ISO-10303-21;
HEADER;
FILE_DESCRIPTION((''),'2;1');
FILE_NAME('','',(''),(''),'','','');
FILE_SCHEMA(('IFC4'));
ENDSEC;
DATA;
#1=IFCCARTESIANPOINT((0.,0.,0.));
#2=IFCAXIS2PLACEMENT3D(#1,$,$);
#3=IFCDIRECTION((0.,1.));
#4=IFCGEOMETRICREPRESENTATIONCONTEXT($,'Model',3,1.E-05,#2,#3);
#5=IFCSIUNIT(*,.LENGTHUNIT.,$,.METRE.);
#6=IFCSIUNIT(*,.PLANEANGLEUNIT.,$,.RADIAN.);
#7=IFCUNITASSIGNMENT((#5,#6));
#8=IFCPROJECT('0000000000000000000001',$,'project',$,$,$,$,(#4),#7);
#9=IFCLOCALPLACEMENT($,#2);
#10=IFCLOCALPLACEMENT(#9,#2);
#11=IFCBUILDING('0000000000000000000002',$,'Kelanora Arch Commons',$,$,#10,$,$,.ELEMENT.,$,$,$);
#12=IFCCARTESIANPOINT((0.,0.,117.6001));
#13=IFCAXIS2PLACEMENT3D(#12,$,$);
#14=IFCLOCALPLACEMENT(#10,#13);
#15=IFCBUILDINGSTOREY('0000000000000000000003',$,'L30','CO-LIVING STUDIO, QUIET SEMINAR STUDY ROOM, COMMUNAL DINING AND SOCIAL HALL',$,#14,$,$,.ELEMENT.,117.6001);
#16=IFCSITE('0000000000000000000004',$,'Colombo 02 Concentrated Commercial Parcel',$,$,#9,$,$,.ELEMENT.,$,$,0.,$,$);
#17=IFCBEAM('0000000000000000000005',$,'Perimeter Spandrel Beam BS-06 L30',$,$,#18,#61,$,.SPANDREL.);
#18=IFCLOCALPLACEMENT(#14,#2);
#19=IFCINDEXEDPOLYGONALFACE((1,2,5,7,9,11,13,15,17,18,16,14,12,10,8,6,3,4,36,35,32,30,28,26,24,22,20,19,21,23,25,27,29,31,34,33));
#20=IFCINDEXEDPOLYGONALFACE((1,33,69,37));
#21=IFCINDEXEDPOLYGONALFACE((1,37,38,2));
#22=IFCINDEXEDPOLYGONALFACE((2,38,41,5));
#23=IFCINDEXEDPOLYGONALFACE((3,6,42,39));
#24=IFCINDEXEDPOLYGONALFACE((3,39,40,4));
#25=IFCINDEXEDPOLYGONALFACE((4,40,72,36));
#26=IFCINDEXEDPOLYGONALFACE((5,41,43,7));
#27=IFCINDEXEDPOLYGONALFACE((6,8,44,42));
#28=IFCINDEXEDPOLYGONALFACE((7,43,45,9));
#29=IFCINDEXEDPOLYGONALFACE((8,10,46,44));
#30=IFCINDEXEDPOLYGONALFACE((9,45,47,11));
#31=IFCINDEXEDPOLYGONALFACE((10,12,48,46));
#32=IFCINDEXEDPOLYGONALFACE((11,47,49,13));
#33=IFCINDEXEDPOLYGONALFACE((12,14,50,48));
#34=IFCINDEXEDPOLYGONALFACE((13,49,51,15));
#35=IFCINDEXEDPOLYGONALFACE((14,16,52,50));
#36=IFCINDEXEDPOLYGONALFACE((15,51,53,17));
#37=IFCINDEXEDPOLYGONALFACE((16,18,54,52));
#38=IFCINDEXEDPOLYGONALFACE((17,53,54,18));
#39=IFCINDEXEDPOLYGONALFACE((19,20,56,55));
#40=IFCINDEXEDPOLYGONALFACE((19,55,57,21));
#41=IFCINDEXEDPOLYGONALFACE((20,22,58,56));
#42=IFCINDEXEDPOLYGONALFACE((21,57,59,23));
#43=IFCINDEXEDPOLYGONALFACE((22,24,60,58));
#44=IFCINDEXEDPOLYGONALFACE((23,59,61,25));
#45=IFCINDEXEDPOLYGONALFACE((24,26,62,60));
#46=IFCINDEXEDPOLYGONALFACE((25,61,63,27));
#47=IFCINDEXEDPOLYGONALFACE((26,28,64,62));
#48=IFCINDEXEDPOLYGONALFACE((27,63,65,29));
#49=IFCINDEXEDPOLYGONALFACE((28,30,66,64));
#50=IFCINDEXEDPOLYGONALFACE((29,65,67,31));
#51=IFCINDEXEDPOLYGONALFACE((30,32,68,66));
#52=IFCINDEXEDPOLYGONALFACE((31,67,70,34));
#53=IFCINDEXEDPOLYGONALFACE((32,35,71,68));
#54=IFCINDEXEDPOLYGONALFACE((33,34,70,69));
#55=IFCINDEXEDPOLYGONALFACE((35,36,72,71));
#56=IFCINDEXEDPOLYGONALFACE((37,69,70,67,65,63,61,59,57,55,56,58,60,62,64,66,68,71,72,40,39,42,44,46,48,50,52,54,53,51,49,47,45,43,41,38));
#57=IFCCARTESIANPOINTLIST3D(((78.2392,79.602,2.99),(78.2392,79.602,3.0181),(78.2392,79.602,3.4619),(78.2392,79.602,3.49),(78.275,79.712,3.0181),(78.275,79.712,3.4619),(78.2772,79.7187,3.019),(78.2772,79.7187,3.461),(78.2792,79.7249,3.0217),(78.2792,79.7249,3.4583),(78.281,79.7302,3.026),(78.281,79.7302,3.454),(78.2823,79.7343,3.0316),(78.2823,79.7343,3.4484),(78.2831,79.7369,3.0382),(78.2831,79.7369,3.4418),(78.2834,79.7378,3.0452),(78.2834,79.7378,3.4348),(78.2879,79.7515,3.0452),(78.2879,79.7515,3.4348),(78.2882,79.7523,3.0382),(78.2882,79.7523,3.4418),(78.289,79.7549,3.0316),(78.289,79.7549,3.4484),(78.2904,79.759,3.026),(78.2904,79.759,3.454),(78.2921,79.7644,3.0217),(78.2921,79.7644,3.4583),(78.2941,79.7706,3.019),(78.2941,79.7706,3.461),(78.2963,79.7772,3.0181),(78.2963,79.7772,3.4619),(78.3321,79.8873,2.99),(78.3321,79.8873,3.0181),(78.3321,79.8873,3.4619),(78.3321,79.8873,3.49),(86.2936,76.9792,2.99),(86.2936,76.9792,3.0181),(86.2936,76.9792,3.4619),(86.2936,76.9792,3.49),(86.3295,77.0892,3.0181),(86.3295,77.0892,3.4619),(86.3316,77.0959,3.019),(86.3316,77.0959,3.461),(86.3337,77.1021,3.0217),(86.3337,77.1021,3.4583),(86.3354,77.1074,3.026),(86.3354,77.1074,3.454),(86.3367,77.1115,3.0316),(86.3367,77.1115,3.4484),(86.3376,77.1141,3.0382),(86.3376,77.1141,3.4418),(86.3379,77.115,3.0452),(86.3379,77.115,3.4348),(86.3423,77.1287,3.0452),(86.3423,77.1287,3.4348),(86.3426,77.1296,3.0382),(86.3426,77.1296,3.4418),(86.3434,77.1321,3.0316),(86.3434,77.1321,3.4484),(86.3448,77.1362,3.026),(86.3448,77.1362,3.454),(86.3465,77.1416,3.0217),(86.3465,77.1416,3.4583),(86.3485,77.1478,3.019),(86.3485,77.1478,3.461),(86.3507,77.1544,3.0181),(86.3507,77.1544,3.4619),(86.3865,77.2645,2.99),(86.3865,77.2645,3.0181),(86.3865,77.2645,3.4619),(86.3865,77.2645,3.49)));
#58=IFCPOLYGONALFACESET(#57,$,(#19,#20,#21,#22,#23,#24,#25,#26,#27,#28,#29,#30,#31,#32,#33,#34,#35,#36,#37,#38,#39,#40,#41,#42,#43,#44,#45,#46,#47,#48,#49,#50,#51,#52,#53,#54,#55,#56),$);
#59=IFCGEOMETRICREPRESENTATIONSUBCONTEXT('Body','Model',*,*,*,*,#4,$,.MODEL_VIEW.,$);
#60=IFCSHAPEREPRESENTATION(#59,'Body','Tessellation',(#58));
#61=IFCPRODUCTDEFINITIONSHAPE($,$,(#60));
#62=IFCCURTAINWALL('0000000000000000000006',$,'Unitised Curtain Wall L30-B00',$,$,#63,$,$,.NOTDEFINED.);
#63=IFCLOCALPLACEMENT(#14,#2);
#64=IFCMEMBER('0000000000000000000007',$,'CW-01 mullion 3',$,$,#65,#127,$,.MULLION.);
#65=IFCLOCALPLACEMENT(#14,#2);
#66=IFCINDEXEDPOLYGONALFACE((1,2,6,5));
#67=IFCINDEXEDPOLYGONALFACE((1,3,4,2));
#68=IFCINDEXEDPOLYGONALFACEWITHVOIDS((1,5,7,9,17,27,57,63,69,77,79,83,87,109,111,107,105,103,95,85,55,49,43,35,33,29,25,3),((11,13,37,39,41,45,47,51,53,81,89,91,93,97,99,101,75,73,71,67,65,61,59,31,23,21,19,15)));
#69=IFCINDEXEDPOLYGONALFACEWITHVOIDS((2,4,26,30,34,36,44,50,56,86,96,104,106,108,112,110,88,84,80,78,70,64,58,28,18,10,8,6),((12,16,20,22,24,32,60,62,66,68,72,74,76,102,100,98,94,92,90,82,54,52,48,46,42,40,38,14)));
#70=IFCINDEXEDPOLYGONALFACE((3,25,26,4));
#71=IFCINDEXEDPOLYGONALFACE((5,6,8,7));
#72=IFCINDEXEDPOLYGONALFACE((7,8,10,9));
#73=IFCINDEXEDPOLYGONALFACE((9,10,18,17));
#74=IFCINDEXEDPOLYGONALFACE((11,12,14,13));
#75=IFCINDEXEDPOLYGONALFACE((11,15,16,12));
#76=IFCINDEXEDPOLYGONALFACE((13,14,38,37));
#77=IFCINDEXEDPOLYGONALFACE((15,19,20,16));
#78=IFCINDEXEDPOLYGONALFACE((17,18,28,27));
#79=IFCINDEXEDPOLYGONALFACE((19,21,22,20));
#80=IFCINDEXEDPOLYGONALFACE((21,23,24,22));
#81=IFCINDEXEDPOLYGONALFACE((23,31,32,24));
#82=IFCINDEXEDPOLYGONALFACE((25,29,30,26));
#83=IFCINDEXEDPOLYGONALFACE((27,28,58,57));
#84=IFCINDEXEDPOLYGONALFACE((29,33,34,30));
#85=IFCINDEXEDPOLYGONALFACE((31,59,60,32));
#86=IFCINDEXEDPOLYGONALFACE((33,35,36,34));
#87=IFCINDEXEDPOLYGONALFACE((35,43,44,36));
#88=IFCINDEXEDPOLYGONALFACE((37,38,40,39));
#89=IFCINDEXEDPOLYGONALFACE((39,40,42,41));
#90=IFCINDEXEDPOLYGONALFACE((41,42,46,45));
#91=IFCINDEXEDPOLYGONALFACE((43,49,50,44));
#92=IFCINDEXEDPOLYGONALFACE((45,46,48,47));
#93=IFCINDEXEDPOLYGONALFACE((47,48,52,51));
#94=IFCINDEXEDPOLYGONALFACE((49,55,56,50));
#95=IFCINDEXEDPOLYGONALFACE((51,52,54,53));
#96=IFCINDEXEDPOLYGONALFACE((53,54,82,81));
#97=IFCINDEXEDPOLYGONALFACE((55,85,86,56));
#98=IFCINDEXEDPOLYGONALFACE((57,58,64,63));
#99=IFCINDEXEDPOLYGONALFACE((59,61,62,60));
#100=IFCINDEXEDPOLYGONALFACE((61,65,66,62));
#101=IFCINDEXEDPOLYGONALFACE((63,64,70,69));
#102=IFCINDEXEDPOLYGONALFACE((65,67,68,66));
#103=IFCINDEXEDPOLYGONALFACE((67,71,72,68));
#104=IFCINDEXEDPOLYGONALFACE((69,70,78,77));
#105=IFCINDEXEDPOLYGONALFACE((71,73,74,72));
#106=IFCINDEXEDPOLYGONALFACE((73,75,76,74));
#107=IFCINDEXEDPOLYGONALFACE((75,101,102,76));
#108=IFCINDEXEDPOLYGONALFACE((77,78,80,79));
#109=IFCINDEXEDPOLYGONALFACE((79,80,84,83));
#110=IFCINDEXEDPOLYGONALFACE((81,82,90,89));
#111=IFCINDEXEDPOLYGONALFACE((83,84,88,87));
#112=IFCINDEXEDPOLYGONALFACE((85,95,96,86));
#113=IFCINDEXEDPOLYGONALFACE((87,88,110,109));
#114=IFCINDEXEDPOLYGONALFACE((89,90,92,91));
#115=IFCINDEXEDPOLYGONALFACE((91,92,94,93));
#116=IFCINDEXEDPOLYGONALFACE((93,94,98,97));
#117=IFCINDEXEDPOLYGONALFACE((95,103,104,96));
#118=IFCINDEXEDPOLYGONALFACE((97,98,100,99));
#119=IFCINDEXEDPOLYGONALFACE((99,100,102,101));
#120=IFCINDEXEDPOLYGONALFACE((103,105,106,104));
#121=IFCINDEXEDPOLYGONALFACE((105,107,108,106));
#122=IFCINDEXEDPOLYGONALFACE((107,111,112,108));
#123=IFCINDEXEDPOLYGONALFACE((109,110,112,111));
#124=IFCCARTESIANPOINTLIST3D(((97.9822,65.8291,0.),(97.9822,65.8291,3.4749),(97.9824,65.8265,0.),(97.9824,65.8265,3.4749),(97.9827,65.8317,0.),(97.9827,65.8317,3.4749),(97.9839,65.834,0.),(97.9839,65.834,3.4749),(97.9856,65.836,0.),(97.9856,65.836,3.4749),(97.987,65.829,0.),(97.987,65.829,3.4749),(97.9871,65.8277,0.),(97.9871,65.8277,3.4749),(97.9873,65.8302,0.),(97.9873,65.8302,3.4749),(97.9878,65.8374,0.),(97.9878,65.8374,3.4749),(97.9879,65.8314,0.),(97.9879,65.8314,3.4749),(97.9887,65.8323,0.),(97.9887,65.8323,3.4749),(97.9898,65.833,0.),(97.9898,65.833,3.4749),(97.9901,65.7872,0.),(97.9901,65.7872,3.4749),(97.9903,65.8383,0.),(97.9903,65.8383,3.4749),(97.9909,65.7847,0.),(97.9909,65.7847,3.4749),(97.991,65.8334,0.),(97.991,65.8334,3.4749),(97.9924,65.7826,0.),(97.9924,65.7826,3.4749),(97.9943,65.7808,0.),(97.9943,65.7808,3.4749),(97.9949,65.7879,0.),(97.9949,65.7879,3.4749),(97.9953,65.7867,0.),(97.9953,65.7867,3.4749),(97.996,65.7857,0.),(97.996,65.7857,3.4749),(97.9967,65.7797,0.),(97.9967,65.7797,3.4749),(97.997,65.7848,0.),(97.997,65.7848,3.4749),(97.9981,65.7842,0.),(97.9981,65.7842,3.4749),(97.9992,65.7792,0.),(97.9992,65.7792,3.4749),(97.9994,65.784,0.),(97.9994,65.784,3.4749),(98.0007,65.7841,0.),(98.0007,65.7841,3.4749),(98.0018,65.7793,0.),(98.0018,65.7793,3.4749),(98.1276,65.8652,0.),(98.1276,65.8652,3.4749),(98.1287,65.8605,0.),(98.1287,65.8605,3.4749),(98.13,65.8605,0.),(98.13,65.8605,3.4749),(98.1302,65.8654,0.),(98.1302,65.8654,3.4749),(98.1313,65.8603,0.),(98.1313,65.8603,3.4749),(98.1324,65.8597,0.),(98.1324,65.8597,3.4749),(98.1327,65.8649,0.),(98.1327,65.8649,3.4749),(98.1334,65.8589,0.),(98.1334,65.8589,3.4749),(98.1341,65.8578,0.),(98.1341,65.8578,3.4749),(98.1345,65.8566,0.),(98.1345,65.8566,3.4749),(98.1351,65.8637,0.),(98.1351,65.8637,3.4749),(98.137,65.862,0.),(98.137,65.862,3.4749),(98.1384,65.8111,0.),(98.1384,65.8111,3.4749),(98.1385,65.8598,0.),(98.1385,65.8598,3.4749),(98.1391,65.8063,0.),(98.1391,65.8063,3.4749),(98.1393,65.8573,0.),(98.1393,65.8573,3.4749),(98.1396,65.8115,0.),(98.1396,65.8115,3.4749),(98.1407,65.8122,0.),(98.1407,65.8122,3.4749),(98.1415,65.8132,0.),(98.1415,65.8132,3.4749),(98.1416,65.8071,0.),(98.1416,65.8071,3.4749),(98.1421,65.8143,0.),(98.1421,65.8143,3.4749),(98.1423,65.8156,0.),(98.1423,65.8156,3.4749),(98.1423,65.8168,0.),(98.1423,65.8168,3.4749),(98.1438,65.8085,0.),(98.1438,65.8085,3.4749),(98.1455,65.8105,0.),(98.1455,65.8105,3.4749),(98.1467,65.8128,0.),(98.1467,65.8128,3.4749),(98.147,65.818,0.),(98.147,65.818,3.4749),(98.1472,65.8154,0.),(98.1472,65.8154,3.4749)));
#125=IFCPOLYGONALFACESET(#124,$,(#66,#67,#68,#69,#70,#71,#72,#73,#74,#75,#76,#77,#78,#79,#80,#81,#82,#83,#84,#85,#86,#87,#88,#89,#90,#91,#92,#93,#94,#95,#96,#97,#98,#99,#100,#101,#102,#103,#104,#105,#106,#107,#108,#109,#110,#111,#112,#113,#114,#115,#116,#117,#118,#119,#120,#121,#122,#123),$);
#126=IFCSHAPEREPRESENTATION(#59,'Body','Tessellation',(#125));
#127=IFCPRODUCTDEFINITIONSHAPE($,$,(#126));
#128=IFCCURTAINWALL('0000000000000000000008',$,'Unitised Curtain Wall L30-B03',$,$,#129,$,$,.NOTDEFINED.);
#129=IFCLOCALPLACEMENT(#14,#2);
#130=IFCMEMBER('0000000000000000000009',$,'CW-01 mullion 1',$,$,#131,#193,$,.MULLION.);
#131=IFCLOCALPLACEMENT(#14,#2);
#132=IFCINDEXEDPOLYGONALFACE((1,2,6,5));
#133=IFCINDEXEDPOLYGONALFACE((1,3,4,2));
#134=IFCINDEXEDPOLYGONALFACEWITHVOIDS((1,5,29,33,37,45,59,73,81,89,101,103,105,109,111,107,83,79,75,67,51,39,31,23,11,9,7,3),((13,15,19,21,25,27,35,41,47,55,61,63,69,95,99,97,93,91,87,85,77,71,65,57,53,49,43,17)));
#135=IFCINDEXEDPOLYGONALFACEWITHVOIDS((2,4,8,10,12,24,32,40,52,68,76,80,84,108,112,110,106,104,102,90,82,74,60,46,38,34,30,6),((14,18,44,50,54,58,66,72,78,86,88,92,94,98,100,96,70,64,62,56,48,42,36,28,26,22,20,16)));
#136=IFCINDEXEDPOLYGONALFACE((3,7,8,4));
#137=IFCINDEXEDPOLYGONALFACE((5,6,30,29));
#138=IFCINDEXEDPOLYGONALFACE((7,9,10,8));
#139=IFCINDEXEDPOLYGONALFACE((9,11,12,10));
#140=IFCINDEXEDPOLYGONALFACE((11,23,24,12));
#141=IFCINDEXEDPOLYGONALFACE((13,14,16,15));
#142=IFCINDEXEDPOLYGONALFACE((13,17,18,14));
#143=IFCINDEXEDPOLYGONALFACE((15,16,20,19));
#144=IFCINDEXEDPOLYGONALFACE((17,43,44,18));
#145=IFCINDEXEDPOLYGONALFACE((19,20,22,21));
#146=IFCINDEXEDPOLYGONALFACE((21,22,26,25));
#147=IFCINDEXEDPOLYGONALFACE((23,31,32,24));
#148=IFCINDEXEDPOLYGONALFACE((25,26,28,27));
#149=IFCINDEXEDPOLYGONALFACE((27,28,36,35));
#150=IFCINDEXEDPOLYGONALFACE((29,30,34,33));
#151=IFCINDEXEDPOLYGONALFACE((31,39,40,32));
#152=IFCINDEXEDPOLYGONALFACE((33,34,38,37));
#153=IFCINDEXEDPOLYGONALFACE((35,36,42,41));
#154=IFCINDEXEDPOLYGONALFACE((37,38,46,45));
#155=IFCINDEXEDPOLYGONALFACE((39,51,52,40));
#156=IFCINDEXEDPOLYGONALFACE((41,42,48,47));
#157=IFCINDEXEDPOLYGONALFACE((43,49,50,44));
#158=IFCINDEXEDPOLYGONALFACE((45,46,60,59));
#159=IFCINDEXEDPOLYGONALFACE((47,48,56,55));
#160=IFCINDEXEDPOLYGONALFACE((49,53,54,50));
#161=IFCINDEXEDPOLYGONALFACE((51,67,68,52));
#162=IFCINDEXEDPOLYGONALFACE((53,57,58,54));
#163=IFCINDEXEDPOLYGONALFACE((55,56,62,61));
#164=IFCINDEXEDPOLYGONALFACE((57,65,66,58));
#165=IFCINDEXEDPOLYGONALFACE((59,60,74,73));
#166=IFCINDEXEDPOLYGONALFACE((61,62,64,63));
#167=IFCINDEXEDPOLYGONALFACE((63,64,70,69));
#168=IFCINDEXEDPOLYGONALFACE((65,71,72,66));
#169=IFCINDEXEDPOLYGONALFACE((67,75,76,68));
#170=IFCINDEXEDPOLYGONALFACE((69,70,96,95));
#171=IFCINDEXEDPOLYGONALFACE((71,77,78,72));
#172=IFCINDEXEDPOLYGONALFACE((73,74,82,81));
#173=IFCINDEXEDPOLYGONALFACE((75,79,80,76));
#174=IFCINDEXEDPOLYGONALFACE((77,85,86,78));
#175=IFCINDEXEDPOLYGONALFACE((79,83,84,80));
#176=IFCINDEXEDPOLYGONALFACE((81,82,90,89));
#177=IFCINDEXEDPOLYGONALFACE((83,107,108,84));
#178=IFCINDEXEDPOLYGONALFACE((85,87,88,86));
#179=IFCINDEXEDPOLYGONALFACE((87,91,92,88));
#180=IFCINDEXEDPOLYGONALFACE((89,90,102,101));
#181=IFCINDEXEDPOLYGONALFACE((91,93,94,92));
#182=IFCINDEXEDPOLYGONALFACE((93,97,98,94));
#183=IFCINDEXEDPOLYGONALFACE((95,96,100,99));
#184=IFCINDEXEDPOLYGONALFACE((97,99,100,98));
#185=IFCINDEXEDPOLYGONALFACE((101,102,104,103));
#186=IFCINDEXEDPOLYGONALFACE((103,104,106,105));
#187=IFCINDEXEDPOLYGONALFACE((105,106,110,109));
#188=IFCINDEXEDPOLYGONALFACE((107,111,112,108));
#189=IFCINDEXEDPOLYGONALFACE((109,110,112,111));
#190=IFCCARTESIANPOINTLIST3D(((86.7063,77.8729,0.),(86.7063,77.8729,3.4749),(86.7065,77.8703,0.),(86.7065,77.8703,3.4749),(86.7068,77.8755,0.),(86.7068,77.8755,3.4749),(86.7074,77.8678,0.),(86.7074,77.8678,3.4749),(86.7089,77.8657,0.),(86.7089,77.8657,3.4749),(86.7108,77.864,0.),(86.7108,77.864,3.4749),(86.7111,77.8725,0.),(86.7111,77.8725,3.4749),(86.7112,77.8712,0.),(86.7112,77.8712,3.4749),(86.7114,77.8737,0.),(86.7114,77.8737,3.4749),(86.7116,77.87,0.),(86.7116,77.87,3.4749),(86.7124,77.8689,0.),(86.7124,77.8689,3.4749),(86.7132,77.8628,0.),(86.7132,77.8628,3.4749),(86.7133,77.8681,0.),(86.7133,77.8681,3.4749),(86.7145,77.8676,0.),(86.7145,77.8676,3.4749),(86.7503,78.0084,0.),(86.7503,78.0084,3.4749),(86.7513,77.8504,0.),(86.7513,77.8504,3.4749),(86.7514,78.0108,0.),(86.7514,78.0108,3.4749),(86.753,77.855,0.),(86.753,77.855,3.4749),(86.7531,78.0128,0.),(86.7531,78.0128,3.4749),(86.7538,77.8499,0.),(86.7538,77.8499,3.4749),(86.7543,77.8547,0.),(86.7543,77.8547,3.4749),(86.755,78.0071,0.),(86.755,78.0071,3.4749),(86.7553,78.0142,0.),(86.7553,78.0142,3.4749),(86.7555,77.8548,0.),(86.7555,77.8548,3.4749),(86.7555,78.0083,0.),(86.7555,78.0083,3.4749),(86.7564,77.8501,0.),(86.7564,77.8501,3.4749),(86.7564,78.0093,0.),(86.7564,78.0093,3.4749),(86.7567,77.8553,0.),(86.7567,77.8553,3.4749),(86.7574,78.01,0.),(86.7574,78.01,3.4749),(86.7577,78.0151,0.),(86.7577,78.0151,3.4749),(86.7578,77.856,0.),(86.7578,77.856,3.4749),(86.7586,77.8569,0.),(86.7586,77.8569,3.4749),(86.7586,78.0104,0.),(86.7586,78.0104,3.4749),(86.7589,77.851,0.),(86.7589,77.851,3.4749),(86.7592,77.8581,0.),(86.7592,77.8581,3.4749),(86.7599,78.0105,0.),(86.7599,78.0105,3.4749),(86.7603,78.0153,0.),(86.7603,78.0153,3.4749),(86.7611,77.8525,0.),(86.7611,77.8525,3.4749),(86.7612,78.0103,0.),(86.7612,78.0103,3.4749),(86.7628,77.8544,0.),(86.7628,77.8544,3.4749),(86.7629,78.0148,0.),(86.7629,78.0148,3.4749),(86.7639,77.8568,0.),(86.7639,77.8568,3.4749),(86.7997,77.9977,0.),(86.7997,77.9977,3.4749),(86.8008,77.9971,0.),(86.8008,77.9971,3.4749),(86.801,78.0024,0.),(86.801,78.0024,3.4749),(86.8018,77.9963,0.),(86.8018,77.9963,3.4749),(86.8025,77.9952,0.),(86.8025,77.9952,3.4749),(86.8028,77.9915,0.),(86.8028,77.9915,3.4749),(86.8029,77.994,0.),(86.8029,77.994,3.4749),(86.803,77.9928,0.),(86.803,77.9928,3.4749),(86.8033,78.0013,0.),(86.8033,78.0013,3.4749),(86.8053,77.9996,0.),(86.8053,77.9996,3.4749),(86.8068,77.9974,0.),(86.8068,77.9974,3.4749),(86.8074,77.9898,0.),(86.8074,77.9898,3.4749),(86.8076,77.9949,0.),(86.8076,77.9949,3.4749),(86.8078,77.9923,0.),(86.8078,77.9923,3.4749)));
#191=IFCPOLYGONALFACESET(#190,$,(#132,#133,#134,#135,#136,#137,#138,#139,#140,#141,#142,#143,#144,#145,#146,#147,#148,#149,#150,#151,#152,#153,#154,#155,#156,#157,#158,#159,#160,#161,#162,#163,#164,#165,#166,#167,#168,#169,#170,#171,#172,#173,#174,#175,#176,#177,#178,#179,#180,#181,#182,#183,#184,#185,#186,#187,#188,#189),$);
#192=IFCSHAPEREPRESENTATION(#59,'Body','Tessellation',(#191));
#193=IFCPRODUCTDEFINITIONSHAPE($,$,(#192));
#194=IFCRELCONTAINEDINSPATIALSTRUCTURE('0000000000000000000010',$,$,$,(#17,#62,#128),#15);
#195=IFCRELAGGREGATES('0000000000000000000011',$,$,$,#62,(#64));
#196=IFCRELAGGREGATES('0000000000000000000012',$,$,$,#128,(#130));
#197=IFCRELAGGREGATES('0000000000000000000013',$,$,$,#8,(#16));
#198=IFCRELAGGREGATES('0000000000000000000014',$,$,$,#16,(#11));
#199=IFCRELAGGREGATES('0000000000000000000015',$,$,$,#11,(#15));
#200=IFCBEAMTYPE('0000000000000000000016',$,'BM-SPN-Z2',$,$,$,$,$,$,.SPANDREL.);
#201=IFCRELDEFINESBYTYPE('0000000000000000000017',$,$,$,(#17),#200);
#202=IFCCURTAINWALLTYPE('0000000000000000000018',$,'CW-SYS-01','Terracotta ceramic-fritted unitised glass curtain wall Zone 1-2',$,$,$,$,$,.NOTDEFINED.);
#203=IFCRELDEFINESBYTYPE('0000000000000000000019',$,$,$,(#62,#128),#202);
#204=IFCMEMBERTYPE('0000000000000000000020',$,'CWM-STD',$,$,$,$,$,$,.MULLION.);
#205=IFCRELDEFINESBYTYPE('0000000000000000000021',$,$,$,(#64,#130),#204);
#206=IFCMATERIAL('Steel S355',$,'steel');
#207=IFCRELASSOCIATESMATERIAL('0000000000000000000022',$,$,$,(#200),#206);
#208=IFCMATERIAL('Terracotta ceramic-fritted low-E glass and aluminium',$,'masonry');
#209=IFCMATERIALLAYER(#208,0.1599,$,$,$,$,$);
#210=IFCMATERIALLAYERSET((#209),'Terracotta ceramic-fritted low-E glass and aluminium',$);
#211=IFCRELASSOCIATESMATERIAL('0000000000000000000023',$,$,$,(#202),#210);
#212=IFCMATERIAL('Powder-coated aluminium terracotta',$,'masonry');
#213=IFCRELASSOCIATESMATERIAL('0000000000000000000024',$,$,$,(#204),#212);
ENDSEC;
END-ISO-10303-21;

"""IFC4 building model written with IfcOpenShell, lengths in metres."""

from ifc_helpers import new_model, si_unit, direction, frame, origin, origin_2d, place, context, subcontext, project, spatial, hollow_rectangle, i_section, extrude, material, layer, layer_set, material_profile, profile_set, type_object, element, aggregate, save


model = new_model("IFC4")

# Units and contexts
model_context = context("Model", 3, precision=1e-05, world=origin(), true_north=direction((0.0, 1.0)))
body_context = subcontext(model_context, "Body", "Model", "MODEL_VIEW")
ifc_project = project(units=[si_unit("LENGTHUNIT", "METRE"), si_unit("PLANEANGLEUNIT", "RADIAN")], contexts=[model_context])

# Site, building, storey
site_placement = place(None, origin())
site = spatial("IfcSite", under=ifc_project, at=site_placement, Name="Colombo 02 Concentrated Commercial Parcel", CompositionType="ELEMENT", RefElevation=0.0)
building_placement = place(site_placement, origin())
building = spatial("IfcBuilding", under=site, at=building_placement, Name="Kelanora Arch Commons", CompositionType="ELEMENT")
storey_placement = place(building_placement, frame((0.0, 0.0, 117.6001)))
storey = spatial("IfcBuildingStorey", under=building, at=storey_placement, Name="L30", Description="CO-LIVING STUDIO, QUIET SEMINAR STUDY ROOM, COMMUNAL DINING AND SOCIAL HALL", CompositionType="ELEMENT", Elevation=117.6001)

# Beam
ifc_material_1 = material(Name="Steel S355", Category="steel")
ifc_material_profile_1 = material_profile(ifc_material_1, i_section(OverallWidth=0.3, OverallDepth=0.5, WebThickness=0.0144, FlangeThickness=0.0281, FilletRadius=0.0271, at=origin_2d()), Name="HEB500")
ifc_profile_set_1 = profile_set([ifc_material_profile_1], Name="Steel S355")
beam_type_1 = type_object("IfcBeamType", Name="BM-SPN-Z2", PredefinedType="SPANDREL", material=ifc_profile_set_1)
beam_1_placement = place(storey_placement, frame((86.3401, 77.1218, 3.24), z_axis=(-0.950857, 0.309631, 0.0), x_axis=(-0.309631, -0.950857, 0.0)))
element("IfcBeam", 1, at=beam_1_placement, inside=storey, type_object=beam_type_1, Name="Perimeter Spandrel Beam BS-06 L30", PredefinedType="SPANDREL", context=body_context, shape_type="SweptSolid", body=[
    extrude(i_section(OverallWidth=0.3, OverallDepth=0.5, WebThickness=0.0144, FlangeThickness=0.0281, FilletRadius=0.0271, at=origin_2d()), origin(), (0.0, 0.0, 1.0), 8.4707),
])

# Curtain wall, member
ifc_material_2 = material(Name="Terracotta ceramic-fritted low-E glass and aluminium", Category="masonry")
ifc_layer_1 = layer(ifc_material_2, 0.1599)
ifc_layer_set_1 = layer_set([ifc_layer_1], Name="Terracotta ceramic-fritted low-E glass and aluminium")
curtain_wall_type = type_object("IfcCurtainWallType", Name="CW-SYS-01", Description="Terracotta ceramic-fritted unitised glass curtain wall Zone 1-2", PredefinedType="NOTDEFINED", material=ifc_layer_set_1)
curtain_wall_1_placement = place(storey_placement, origin())
curtain_wall_1 = element("IfcCurtainWall", 2, at=curtain_wall_1_placement, inside=storey, type_object=curtain_wall_type, Name="Unitised Curtain Wall L30-B00", PredefinedType="NOTDEFINED")
ifc_material_3 = material(Name="Powder-coated aluminium terracotta", Category="masonry")
ifc_material_profile_2 = material_profile(ifc_material_3, hollow_rectangle(XDim=0.1599, YDim=0.0601, WallThickness=0.0049, InnerFilletRadius=0.0049, OuterFilletRadius=0.01, at=origin_2d()), Name="CWM160x60")
ifc_profile_set_2 = profile_set([ifc_material_profile_2], Name="Powder-coated aluminium terracotta")
member_type_1 = type_object("IfcMemberType", Name="CWM-STD", PredefinedType="MULLION", material=ifc_profile_set_2)
member_1_placement = place(storey_placement, frame((98.0647, 65.8223, 0.0), z_axis=(0.0, 0.0, 1.0), x_axis=(-0.98128, -0.192585, 0.0)))
member_1 = element("IfcMember", 3, at=member_1_placement, type_object=member_type_1, Name="CW-01 mullion 3", PredefinedType="MULLION", context=body_context, shape_type="SweptSolid", body=[
    extrude(hollow_rectangle(XDim=0.1599, YDim=0.0601, WallThickness=0.0049, InnerFilletRadius=0.0049, OuterFilletRadius=0.01, at=origin_2d()), origin(), (0.0, 0.0, 1.0), 3.4749),
])
aggregate(curtain_wall_1, [member_1])

# Curtain wall, member
curtain_wall_2_placement = place(storey_placement, origin())
curtain_wall_2 = element("IfcCurtainWall", 4, at=curtain_wall_2_placement, inside=storey, type_object=curtain_wall_type, Name="Unitised Curtain Wall L30-B03", PredefinedType="NOTDEFINED")
member_2_placement = place(storey_placement, frame((86.7571, 77.9326, 0.0), z_axis=(0.0, 0.0, 1.0), x_axis=(-0.310805, -0.950474, 0.0)))
member_2 = element("IfcMember", 5, at=member_2_placement, type_object=member_type_1, Name="CW-01 mullion 1", PredefinedType="MULLION", context=body_context, shape_type="SweptSolid", body=[
    extrude(hollow_rectangle(XDim=0.1599, YDim=0.0601, WallThickness=0.0049, InnerFilletRadius=0.0049, OuterFilletRadius=0.01, at=origin_2d()), origin(), (0.0, 0.0, 1.0), 3.4749),
])
aggregate(curtain_wall_2, [member_2])

save(model, "model.ifc")
